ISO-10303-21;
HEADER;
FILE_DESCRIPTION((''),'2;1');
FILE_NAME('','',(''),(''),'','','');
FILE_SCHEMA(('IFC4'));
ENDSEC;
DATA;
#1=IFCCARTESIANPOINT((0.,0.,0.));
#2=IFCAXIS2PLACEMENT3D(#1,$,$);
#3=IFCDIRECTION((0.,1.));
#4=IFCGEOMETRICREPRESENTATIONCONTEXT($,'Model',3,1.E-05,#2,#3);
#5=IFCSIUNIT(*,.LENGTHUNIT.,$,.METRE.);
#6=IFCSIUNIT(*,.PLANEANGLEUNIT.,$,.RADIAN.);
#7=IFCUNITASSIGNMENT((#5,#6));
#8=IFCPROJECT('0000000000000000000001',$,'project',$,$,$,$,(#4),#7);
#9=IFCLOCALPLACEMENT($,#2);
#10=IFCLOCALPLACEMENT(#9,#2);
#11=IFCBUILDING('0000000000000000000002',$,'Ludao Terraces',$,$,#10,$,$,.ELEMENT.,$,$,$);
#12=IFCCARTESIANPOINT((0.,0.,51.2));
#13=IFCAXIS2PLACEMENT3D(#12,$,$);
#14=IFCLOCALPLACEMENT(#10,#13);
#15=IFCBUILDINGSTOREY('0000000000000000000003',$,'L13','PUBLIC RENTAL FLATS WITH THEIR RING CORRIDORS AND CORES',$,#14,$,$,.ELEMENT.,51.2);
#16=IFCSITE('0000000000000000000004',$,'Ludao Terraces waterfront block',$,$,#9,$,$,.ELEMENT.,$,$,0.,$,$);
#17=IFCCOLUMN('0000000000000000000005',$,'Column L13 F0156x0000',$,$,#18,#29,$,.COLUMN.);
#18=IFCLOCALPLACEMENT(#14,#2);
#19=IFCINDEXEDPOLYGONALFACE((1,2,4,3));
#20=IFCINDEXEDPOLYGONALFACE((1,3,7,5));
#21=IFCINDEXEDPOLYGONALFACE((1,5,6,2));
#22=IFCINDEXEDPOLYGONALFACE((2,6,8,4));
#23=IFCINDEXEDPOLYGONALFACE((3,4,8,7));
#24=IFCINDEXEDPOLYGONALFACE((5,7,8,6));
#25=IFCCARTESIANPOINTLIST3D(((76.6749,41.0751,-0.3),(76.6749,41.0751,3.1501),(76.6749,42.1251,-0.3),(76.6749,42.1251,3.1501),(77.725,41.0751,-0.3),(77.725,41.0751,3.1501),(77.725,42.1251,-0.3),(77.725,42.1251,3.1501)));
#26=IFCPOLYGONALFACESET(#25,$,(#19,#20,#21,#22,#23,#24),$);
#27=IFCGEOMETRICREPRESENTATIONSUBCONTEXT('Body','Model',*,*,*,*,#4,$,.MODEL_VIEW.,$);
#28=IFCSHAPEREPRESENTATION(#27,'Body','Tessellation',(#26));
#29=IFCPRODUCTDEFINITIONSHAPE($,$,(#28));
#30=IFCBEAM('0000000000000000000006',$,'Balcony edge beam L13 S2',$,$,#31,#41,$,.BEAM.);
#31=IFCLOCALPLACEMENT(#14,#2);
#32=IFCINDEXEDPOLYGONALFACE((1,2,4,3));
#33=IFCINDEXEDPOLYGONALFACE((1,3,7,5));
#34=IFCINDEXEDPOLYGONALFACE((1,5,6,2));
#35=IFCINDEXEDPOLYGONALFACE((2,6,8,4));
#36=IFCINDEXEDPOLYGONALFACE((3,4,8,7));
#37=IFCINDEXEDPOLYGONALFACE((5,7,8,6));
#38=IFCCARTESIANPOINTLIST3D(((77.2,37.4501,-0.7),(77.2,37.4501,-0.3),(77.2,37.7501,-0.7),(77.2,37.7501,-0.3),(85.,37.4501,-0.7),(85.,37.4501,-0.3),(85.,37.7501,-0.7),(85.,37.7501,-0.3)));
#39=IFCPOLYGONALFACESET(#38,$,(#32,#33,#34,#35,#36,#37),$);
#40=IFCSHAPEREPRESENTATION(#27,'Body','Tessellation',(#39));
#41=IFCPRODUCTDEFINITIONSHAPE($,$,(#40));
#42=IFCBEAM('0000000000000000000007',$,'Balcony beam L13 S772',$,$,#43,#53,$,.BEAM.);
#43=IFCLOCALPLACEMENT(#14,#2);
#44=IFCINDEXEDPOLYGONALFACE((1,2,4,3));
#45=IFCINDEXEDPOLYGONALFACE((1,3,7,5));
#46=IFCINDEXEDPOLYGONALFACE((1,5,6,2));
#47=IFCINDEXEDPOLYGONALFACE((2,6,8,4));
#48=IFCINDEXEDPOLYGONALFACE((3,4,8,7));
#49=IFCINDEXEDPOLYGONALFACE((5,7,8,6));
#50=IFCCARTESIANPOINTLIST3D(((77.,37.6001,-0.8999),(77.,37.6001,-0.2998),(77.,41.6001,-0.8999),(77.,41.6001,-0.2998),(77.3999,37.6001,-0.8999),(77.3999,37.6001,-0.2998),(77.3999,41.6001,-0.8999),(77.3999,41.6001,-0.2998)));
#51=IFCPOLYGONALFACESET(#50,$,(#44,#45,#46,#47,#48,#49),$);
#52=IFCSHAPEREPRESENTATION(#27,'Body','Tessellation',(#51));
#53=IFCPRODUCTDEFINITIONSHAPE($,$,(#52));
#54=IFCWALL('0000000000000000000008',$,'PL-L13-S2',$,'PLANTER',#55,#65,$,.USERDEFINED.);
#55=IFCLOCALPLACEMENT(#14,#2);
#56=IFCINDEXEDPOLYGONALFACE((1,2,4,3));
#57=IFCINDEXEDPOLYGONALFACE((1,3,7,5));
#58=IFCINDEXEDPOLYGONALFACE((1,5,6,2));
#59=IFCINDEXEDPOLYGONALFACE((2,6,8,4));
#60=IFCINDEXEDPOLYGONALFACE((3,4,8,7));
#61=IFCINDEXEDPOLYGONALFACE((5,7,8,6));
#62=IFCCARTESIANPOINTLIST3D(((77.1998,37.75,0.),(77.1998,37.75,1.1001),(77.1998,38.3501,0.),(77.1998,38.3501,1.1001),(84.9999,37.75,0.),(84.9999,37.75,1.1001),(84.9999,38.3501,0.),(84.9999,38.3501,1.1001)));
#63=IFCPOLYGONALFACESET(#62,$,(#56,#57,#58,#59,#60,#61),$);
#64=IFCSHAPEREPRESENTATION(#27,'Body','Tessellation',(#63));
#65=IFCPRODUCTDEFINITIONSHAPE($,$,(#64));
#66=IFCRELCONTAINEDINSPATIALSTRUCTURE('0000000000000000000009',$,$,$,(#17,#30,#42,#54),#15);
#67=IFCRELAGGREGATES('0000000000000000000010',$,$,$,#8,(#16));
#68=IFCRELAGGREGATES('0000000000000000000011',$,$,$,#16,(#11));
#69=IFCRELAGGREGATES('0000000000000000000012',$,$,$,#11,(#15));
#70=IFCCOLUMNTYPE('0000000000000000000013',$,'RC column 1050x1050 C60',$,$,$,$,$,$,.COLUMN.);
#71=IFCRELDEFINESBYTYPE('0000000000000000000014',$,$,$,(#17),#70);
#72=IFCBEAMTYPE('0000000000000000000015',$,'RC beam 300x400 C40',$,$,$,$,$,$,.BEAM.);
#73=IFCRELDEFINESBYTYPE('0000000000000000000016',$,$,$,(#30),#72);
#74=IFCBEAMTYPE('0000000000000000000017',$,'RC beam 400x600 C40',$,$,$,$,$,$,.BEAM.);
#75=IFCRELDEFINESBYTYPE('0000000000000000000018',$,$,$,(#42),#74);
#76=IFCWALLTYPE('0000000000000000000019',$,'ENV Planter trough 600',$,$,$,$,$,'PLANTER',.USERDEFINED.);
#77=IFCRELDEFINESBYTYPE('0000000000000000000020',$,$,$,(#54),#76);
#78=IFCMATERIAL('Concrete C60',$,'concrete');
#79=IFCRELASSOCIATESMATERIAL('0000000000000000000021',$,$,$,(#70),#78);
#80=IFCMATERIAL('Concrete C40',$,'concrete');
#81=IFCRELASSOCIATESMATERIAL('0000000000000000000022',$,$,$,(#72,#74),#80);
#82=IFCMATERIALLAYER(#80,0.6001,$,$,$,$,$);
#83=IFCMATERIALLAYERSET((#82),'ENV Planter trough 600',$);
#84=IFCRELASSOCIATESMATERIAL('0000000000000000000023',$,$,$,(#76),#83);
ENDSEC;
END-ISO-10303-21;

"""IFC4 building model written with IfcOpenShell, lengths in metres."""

from ifc_helpers import new_model, si_unit, direction, frame, frame_2d, origin, origin_2d, place, context, subcontext, project, spatial, rectangle, extrude, material, layer, layer_set, material_profile, profile_set, type_object, element, save


model = new_model("IFC4")

# Units and contexts
model_context = context("Model", 3, precision=1e-05, world=origin(), true_north=direction((0.0, 1.0)))
body_context = subcontext(model_context, "Body", "Model", "MODEL_VIEW")
ifc_project = project(units=[si_unit("LENGTHUNIT", "METRE"), si_unit("PLANEANGLEUNIT", "RADIAN")], contexts=[model_context])

# Site, building, storey
site_placement = place(None, origin())
site = spatial("IfcSite", under=ifc_project, at=site_placement, Name="Ludao Terraces waterfront block", CompositionType="ELEMENT", RefElevation=0.0)
building_placement = place(site_placement, origin())
building = spatial("IfcBuilding", under=site, at=building_placement, Name="Ludao Terraces", CompositionType="ELEMENT")
storey_placement = place(building_placement, frame((0.0, 0.0, 51.2)))
storey = spatial("IfcBuildingStorey", under=building, at=storey_placement, Name="L13", Description="PUBLIC RENTAL FLATS WITH THEIR RING CORRIDORS AND CORES", CompositionType="ELEMENT", Elevation=51.2)

# Column
ifc_material_1 = material(Name="Concrete C60", Category="concrete")
ifc_material_profile_1 = material_profile(ifc_material_1, rectangle(XDim=1.05, YDim=1.05, at=origin_2d()), Name="1050 X 1050")
ifc_profile_set_1 = profile_set([ifc_material_profile_1], Name="Concrete C60")
column_type = type_object("IfcColumnType", Name="RC column 1050x1050 C60", PredefinedType="COLUMN", material=ifc_profile_set_1)
column_placement = place(storey_placement, frame((77.2, 41.6001, -0.3), z_axis=(0.0, 0.0, 1.0), x_axis=(1.0, 0.0, 0.0)))
element("IfcColumn", 1, at=column_placement, inside=storey, type_object=column_type, Name="Column L13 F0156x0000", PredefinedType="COLUMN", context=body_context, shape_type="SweptSolid", body=[
    extrude(rectangle(XDim=1.05, YDim=1.05, at=origin_2d()), origin(), (0.0, 0.0, 1.0), 3.4502),
])

# Beams
ifc_material_2 = material(Name="Concrete C40", Category="concrete")
ifc_material_profile_2 = material_profile(ifc_material_2, rectangle(XDim=0.3, YDim=0.3999, at=origin_2d()), Name="300 X 400")
ifc_profile_set_2 = profile_set([ifc_material_profile_2], Name="Concrete C40")
beam_type_1 = type_object("IfcBeamType", Name="RC beam 300x400 C40", PredefinedType="BEAM", material=ifc_profile_set_2)
beam_1_placement = place(storey_placement, frame((77.2, 37.6001, -0.5), z_axis=(1.0, 0.0, 0.0), x_axis=(0.0, 1.0, 0.0)))
element("IfcBeam", 2, at=beam_1_placement, inside=storey, type_object=beam_type_1, Name="Balcony edge beam L13 S2", PredefinedType="BEAM", context=body_context, shape_type="SweptSolid", body=[
    extrude(rectangle(XDim=0.3, YDim=0.3999, at=origin_2d()), origin(), (0.0, 0.0, 1.0), 7.8),
])
ifc_material_profile_3 = material_profile(ifc_material_2, rectangle(XDim=0.3999, YDim=0.6001, at=origin_2d()), Name="400 X 600")
ifc_profile_set_3 = profile_set([ifc_material_profile_3], Name="Concrete C40")
beam_type_2 = type_object("IfcBeamType", Name="RC beam 400x600 C40", PredefinedType="BEAM", material=ifc_profile_set_3)
beam_2_placement = place(storey_placement, frame((77.2, 41.6001, -0.5999), z_axis=(0.0, -1.0, 0.0), x_axis=(1.0, 0.0, 0.0)))
element("IfcBeam", 3, at=beam_2_placement, inside=storey, type_object=beam_type_2, Name="Balcony beam L13 S772", PredefinedType="BEAM", context=body_context, shape_type="SweptSolid", body=[
    extrude(rectangle(XDim=0.3999, YDim=0.6001, at=origin_2d()), origin(), (0.0, 0.0, 1.0), 4.0),
])

# Wall
ifc_layer_1 = layer(ifc_material_2, 0.6001)
ifc_layer_set_1 = layer_set([ifc_layer_1], Name="ENV Planter trough 600")
wall_type_1 = type_object("IfcWallType", Name="ENV Planter trough 600", ElementType="PLANTER", PredefinedType="USERDEFINED", material=ifc_layer_set_1)
wall_1_placement = place(storey_placement, frame((77.2, 38.05, 0.0), z_axis=(0.0, 0.0, 1.0), x_axis=(1.0, 0.0, 0.0)))
element("IfcWall", 4, at=wall_1_placement, inside=storey, type_object=wall_type_1, Name="PL-L13-S2", ObjectType="PLANTER", PredefinedType="USERDEFINED", context=body_context, shape_type="SweptSolid", body=[
    extrude(rectangle(XDim=7.8, YDim=0.6001, at=frame_2d((3.8999, 0.0))), origin(), (0.0, 0.0, 1.0), 1.1001),
])

save(model, "model.ifc")
